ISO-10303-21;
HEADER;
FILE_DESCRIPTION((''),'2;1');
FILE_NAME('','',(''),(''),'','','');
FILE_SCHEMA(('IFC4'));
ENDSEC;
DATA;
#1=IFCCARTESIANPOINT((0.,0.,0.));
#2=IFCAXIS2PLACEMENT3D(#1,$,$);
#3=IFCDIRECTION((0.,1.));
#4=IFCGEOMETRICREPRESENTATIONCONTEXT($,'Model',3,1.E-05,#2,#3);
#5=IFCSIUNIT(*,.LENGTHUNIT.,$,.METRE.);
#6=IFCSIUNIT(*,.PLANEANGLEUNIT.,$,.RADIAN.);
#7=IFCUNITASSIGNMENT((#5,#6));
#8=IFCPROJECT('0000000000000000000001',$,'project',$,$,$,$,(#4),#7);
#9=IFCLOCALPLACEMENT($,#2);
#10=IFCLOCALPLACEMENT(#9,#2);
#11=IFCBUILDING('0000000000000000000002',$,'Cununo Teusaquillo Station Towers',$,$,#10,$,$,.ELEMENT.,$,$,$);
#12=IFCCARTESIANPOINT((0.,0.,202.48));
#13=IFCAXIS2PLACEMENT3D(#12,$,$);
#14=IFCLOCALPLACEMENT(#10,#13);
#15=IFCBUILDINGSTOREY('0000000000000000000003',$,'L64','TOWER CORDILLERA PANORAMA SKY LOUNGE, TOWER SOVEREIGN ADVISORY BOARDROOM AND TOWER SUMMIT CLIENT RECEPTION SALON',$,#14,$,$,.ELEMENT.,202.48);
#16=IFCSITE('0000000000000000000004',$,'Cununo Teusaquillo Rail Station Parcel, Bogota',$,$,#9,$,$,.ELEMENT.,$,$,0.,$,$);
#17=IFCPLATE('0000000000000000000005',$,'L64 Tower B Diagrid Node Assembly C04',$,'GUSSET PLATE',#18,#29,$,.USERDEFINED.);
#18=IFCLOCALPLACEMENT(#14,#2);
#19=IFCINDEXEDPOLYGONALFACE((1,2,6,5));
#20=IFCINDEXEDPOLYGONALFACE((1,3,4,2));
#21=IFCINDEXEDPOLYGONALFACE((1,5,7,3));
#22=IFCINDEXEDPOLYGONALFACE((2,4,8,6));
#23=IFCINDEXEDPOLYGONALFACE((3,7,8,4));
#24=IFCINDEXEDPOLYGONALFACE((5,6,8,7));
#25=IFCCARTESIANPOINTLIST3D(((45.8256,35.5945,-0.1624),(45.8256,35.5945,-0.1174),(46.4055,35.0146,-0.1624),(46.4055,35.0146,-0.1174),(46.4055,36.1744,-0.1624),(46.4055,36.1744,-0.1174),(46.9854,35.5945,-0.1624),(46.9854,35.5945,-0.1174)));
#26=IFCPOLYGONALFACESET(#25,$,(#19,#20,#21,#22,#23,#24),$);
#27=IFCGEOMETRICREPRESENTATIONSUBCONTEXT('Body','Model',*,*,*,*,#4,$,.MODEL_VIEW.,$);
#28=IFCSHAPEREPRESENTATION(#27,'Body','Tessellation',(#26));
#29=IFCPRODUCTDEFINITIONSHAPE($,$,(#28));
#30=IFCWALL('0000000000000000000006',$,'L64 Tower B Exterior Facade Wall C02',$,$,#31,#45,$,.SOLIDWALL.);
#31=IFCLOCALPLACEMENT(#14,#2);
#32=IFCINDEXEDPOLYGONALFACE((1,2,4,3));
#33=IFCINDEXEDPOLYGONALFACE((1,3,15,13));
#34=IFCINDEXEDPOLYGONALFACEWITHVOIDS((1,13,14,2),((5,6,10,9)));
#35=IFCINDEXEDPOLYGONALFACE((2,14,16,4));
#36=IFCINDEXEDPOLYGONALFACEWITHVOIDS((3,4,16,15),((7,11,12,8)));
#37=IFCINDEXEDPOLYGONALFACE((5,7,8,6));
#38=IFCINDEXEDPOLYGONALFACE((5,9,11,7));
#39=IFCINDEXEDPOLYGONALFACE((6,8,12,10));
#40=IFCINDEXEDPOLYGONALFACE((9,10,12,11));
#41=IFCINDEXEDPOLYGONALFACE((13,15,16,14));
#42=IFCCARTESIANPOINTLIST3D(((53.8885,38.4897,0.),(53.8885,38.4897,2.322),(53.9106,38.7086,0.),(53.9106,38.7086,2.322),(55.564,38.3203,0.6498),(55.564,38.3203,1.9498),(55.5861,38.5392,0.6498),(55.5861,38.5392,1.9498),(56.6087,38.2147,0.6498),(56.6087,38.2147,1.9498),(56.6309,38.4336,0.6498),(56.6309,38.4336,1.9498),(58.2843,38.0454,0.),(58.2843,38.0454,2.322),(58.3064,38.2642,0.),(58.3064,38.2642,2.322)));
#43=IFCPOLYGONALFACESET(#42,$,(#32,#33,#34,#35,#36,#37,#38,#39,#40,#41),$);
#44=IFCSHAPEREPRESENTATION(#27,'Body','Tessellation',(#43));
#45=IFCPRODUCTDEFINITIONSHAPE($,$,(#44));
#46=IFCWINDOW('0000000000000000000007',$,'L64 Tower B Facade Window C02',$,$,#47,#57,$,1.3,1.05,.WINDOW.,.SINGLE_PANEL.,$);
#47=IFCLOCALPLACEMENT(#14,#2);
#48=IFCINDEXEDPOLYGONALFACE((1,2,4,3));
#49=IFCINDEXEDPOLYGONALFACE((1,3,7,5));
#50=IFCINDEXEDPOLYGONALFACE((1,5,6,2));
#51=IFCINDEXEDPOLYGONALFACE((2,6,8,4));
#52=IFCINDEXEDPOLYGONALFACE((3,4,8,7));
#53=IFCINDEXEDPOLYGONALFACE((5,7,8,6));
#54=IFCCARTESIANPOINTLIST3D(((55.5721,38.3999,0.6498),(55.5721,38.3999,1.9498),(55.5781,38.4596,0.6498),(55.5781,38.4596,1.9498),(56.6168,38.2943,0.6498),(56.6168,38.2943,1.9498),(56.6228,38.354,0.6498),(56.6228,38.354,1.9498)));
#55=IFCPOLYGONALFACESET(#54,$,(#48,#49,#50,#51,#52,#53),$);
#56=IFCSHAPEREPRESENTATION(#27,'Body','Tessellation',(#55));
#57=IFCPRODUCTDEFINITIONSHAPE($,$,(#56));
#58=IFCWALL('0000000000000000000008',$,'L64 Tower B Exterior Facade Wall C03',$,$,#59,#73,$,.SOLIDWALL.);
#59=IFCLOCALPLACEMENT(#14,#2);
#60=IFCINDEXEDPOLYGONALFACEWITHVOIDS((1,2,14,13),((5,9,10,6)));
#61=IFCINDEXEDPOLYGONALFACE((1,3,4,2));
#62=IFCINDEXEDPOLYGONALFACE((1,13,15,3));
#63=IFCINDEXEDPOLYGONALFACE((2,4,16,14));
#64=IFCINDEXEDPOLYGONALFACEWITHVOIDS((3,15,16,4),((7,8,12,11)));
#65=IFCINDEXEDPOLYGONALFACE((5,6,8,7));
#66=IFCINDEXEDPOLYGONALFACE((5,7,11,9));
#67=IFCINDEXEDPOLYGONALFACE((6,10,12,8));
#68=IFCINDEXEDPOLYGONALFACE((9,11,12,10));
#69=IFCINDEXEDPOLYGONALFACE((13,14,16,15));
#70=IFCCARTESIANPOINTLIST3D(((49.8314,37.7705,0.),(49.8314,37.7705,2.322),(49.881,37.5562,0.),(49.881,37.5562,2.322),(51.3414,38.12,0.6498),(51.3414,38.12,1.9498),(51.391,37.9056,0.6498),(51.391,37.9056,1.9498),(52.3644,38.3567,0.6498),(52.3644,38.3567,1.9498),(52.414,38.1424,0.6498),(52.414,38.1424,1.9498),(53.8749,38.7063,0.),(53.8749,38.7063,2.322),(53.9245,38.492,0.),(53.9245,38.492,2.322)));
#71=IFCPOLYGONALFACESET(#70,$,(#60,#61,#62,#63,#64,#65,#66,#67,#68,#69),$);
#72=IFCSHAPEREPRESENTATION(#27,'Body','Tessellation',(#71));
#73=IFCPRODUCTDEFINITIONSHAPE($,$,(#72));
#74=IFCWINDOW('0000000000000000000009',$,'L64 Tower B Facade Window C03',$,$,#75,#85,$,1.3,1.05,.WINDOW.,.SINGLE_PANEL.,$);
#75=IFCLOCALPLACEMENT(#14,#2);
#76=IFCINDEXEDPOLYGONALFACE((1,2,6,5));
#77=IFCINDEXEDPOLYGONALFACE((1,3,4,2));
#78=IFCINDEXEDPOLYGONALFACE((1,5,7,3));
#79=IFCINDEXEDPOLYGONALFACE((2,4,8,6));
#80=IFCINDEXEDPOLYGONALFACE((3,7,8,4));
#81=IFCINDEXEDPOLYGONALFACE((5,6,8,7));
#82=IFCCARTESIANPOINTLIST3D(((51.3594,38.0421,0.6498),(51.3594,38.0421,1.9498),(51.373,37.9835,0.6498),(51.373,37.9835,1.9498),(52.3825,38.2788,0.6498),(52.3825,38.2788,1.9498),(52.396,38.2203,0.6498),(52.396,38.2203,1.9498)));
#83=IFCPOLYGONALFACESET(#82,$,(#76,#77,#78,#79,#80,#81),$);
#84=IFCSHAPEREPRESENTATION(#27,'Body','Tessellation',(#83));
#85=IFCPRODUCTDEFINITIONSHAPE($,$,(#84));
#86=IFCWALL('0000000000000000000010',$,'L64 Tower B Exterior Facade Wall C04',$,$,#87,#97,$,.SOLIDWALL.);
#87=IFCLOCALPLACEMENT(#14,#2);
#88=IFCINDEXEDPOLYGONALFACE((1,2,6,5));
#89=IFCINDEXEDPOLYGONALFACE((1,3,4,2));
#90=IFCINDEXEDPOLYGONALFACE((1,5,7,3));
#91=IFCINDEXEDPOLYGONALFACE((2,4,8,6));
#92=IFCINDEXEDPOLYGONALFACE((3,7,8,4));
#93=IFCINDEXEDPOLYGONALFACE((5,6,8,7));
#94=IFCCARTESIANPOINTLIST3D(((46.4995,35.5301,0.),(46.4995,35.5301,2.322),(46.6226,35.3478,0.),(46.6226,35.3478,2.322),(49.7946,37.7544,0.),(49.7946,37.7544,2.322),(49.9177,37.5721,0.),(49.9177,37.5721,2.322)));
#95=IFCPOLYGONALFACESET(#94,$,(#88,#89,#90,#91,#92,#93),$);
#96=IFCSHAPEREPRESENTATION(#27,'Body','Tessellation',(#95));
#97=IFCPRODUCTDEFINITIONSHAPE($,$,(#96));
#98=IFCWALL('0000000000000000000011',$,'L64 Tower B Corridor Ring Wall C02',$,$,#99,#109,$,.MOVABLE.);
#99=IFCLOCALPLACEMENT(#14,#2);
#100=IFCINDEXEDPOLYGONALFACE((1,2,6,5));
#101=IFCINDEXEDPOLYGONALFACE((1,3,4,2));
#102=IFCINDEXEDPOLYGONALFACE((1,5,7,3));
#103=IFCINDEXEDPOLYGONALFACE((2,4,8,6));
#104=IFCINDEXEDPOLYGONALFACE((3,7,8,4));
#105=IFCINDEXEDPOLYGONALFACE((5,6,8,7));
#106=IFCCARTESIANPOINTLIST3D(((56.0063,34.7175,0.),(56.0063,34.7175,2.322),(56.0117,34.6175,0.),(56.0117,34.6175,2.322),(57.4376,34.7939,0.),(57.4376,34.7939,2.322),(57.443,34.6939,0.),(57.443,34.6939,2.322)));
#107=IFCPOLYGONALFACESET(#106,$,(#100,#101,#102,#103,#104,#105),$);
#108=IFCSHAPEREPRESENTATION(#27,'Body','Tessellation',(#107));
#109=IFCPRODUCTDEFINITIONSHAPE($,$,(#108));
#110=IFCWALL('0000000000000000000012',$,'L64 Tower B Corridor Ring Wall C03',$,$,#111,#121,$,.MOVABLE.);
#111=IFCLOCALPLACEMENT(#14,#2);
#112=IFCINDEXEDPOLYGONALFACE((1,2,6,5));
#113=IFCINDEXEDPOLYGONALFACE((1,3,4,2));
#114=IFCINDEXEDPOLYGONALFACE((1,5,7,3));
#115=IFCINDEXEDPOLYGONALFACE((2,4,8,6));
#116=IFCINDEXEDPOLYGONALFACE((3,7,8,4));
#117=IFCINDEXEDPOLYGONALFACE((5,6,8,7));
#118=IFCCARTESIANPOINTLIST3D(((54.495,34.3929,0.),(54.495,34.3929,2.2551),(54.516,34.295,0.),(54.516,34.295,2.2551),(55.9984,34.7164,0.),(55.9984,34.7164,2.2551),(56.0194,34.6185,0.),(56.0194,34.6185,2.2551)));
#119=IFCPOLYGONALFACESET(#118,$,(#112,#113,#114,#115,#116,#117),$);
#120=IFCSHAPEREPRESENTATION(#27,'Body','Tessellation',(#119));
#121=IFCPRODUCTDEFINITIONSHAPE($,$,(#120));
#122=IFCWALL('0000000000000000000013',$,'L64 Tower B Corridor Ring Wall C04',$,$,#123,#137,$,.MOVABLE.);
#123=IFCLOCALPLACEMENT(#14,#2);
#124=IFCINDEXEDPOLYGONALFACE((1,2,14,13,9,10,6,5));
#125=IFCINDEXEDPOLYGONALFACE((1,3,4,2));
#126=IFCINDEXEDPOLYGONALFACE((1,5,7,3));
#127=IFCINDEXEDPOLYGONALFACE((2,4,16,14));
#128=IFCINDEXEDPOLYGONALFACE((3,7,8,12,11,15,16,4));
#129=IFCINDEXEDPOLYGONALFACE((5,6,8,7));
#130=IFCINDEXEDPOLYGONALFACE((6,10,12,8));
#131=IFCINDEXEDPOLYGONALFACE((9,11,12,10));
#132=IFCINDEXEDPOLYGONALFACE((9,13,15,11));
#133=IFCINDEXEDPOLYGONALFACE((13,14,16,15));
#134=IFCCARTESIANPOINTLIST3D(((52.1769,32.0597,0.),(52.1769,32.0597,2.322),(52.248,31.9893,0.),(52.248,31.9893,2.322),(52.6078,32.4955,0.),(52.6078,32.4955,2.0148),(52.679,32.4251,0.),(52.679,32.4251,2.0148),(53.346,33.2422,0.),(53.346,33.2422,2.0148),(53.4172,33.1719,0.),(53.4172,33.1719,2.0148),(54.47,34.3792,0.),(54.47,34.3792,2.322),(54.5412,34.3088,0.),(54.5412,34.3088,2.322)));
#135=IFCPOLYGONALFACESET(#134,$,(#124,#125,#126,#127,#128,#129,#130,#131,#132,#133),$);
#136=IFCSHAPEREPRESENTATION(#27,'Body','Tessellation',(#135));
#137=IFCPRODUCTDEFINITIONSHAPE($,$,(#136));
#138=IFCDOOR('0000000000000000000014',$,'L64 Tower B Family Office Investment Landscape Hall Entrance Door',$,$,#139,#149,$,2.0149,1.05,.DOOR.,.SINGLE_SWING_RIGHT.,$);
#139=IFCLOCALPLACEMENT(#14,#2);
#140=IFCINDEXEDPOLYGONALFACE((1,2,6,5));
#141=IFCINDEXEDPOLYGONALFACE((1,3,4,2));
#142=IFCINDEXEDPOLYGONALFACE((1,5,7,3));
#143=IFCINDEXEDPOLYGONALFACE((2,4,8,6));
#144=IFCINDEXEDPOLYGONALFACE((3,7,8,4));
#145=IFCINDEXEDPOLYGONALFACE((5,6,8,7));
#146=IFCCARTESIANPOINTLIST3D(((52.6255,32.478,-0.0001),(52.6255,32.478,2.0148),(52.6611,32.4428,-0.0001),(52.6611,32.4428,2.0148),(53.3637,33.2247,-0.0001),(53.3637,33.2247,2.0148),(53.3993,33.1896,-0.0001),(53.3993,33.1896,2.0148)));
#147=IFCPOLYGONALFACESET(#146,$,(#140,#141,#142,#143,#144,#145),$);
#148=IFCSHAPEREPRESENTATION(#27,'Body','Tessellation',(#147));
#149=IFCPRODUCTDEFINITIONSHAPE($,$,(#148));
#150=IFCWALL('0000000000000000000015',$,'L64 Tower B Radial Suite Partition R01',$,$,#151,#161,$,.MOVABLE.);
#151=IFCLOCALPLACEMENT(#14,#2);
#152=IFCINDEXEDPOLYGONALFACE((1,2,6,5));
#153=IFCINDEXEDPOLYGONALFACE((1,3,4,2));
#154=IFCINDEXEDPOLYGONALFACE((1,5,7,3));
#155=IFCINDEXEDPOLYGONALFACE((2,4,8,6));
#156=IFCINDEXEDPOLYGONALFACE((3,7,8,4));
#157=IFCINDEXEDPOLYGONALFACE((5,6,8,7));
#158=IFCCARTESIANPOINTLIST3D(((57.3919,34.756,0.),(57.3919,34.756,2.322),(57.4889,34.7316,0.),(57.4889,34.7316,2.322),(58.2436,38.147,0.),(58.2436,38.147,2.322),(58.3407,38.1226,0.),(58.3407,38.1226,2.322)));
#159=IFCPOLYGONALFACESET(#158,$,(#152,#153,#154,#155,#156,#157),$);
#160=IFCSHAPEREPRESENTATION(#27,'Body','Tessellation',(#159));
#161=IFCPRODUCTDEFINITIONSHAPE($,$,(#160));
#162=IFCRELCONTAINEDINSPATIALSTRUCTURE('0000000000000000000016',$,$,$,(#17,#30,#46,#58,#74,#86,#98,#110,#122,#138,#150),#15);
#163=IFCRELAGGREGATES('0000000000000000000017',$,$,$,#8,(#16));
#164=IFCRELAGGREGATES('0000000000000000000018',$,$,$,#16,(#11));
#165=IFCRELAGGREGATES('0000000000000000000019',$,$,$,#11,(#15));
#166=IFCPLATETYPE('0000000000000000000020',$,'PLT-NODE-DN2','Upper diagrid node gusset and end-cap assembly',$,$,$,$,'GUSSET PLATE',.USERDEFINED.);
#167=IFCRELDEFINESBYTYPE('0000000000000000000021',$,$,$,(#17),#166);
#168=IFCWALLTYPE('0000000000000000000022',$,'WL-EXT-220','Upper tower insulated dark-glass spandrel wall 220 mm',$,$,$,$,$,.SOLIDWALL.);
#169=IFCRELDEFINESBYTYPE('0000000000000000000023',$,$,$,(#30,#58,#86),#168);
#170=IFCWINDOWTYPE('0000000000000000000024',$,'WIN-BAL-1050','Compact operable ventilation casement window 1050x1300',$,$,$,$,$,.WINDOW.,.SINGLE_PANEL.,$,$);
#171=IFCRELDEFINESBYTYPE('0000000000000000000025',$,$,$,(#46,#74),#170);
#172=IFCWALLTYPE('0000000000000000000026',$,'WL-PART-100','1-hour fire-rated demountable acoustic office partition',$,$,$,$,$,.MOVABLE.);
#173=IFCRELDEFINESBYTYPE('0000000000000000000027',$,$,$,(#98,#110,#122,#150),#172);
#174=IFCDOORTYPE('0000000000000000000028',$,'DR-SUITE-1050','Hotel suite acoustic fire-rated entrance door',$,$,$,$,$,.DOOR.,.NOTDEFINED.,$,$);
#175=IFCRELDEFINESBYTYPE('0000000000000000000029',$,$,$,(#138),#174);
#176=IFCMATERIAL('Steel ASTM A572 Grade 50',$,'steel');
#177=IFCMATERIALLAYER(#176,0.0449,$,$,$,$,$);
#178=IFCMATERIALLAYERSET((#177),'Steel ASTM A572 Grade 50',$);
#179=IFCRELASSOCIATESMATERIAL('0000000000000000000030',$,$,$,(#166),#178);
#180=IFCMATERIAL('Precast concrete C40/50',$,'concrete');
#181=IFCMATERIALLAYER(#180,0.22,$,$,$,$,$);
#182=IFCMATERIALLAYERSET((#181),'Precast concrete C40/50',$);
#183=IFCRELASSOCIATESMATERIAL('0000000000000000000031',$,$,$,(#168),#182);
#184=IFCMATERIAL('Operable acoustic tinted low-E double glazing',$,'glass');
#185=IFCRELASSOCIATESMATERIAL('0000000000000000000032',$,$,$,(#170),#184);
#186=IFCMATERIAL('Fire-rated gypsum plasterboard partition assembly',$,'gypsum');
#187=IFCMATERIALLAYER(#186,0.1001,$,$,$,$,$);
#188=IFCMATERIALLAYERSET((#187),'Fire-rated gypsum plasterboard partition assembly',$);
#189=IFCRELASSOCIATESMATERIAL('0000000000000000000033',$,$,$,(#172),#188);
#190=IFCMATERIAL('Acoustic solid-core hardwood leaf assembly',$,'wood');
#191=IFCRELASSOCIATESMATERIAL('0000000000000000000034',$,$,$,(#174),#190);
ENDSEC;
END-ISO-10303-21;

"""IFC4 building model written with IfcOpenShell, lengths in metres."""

from ifc_helpers import new_model, si_unit, direction, frame, frame_2d, origin, origin_2d, place, context, subcontext, project, spatial, rectangle, extrude, source, transform, mapped, material, layer, layer_set, type_object, element, fill, save


model = new_model("IFC4")

# Units and contexts
model_context = context("Model", 3, precision=1e-05, world=origin(), true_north=direction((0.0, 1.0)))
body_context = subcontext(model_context, "Body", "Model", "MODEL_VIEW")
ifc_project = project(units=[si_unit("LENGTHUNIT", "METRE"), si_unit("PLANEANGLEUNIT", "RADIAN")], contexts=[model_context])

# Site, building, storey
site_placement = place(None, origin())
site = spatial("IfcSite", under=ifc_project, at=site_placement, Name="Cununo Teusaquillo Rail Station Parcel, Bogota", CompositionType="ELEMENT", RefElevation=0.0)
building_placement = place(site_placement, origin())
building = spatial("IfcBuilding", under=site, at=building_placement, Name="Cununo Teusaquillo Station Towers", CompositionType="ELEMENT")
storey_placement = place(building_placement, frame((0.0, 0.0, 202.48)))
storey = spatial("IfcBuildingStorey", under=building, at=storey_placement, Name="L64", Description="TOWER CORDILLERA PANORAMA SKY LOUNGE, TOWER SOVEREIGN ADVISORY BOARDROOM AND TOWER SUMMIT CLIENT RECEPTION SALON", CompositionType="ELEMENT", Elevation=202.48)

# Plate
ifc_material_1 = material(Name="Steel ASTM A572 Grade 50", Category="steel")
ifc_layer_1 = layer(ifc_material_1, 0.0449)
ifc_layer_set_1 = layer_set([ifc_layer_1], Name="Steel ASTM A572 Grade 50")
plate_type = type_object("IfcPlateType", Name="PLT-NODE-DN2", Description="Upper diagrid node gusset and end-cap assembly", ElementType="GUSSET PLATE", PredefinedType="USERDEFINED", material=ifc_layer_set_1)
shared_shape_1 = source(origin(), body_context, "Body", "SweptSolid", [
    extrude(rectangle(XDim=0.8201, YDim=0.8201, at=origin_2d()), origin(), (0.0, 0.0, 1.0), 0.0449),
])
plate_placement = place(storey_placement, frame((46.4055, 35.5945, -0.1624), z_axis=(0.0, 0.0, 1.0), x_axis=(0.707107, 0.707107, 0.0)))
element("IfcPlate", 1, at=plate_placement, inside=storey, type_object=plate_type, Name="L64 Tower B Diagrid Node Assembly C04", ObjectType="GUSSET PLATE", PredefinedType="USERDEFINED", context=body_context, shape_type="MappedRepresentation", body=[
    mapped(shared_shape_1, transform((0.0, 0.0, 0.0), x_axis=(1.0, 0.0, 0.0), y_axis=(0.0, 1.0, 0.0), z_axis=(0.0, 0.0, 1.0), scale=1.0)),
])

# Walls, openings, windows
ifc_material_2 = material(Name="Precast concrete C40/50", Category="concrete")
ifc_layer_2 = layer(ifc_material_2, 0.22)
ifc_layer_set_2 = layer_set([ifc_layer_2], Name="Precast concrete C40/50")
wall_type_1 = type_object("IfcWallType", Name="WL-EXT-220", Description="Upper tower insulated dark-glass spandrel wall 220 mm", PredefinedType="SOLIDWALL", material=ifc_layer_set_2)
wall_1_placement = place(storey_placement, frame((53.8997, 38.5991, 0.0), z_axis=(0.0, 0.0, 1.0), x_axis=(0.99493, -0.100571, 0.0)))
wall_1 = element("IfcWall", 2, at=wall_1_placement, inside=storey, type_object=wall_type_1, Name="L64 Tower B Exterior Facade Wall C02", PredefinedType="SOLIDWALL", context=body_context, shape_type="SweptSolid", body=[
    extrude(rectangle(XDim=4.4182, YDim=0.22, at=frame_2d((2.209, 0.0))), origin(), (0.0, 0.0, 1.0), 2.322),
])
shared_shape_2 = source(origin(), body_context, "Body", "SweptSolid", [
    extrude(rectangle(XDim=1.05, YDim=1.3, at=frame_2d((0.5249, 0.6499))), frame((0.0, 0.1199, 0.0), z_axis=(0.0, -1.0, 0.0), x_axis=(1.0, 0.0, 0.0)), (0.0, 0.0, 1.0), 0.24),
])
opening_1_placement = place(wall_1_placement, frame((1.6841, 0.0, 0.6499)))
opening_1 = element("IfcOpeningElement", 3, at=opening_1_placement, cuts=wall_1, PredefinedType="OPENING", context=body_context, shape_type="MappedRepresentation", body=[
    mapped(shared_shape_2, transform((0.0, 0.0, 0.0), x_axis=(1.0, 0.0, 0.0), y_axis=(0.0, 1.0, 0.0), z_axis=(0.0, 0.0, 1.0), scale=1.0)),
])
ifc_material_3 = material(Name="Operable acoustic tinted low-E double glazing", Category="glass")
window_type = type_object("IfcWindowType", Name="WIN-BAL-1050", Description="Compact operable ventilation casement window 1050x1300", PartitioningType="SINGLE_PANEL", PredefinedType="WINDOW", material=ifc_material_3)
shared_shape_3 = source(origin(), body_context, "Body", "SweptSolid", [
    extrude(rectangle(XDim=1.05, YDim=1.3, at=frame_2d((0.5249, 0.6499))), frame((0.0, 0.03, 0.0), z_axis=(0.0, -1.0, 0.0), x_axis=(1.0, 0.0, 0.0)), (0.0, 0.0, 1.0), 0.0601),
])
window_1_placement = place(opening_1_placement, origin())
window_1 = element("IfcWindow", 4, at=window_1_placement, inside=storey, type_object=window_type, Name="L64 Tower B Facade Window C02", OverallHeight=1.3, OverallWidth=1.05, PartitioningType="SINGLE_PANEL", PredefinedType="WINDOW", context=body_context, shape_type="MappedRepresentation", body=[
    mapped(shared_shape_3, transform((0.0, 0.0, 0.0), x_axis=(1.0, 0.0, 0.0), y_axis=(0.0, 1.0, 0.0), z_axis=(0.0, 0.0, 1.0), scale=1.0)),
])
fill(opening_1, window_1)
wall_2_placement = place(storey_placement, frame((49.8562, 37.6633, 0.0), z_axis=(0.0, 0.0, 1.0), x_axis=(0.974249, 0.225474, 0.0)))
wall_2 = element("IfcWall", 5, at=wall_2_placement, inside=storey, type_object=wall_type_1, Name="L64 Tower B Exterior Facade Wall C03", PredefinedType="SOLIDWALL", context=body_context, shape_type="SweptSolid", body=[
    extrude(rectangle(XDim=4.1504, YDim=0.22, at=frame_2d((2.0752, 0.0))), origin(), (0.0, 0.0, 1.0), 2.322),
])
opening_2_placement = place(wall_2_placement, frame((1.55, 0.0, 0.6499)))
opening_2 = element("IfcOpeningElement", 6, at=opening_2_placement, cuts=wall_2, PredefinedType="OPENING", context=body_context, shape_type="MappedRepresentation", body=[
    mapped(shared_shape_2, transform((0.0, 0.0, 0.0), x_axis=(1.0, 0.0, 0.0), y_axis=(0.0, 1.0, 0.0), z_axis=(0.0, 0.0, 1.0), scale=1.0)),
])
window_2_placement = place(opening_2_placement, origin())
window_2 = element("IfcWindow", 7, at=window_2_placement, inside=storey, type_object=window_type, Name="L64 Tower B Facade Window C03", OverallHeight=1.3, OverallWidth=1.05, PartitioningType="SINGLE_PANEL", PredefinedType="WINDOW", context=body_context, shape_type="MappedRepresentation", body=[
    mapped(shared_shape_3, transform((0.0, 0.0, 0.0), x_axis=(1.0, 0.0, 0.0), y_axis=(0.0, 1.0, 0.0), z_axis=(0.0, 0.0, 1.0), scale=1.0)),
])
fill(opening_2, window_2)

# Walls
wall_3_placement = place(storey_placement, frame((46.561, 35.439, 0.0), z_axis=(0.0, 0.0, 1.0), x_axis=(0.828834, 0.559495, 0.0)))
element("IfcWall", 8, at=wall_3_placement, inside=storey, type_object=wall_type_1, Name="L64 Tower B Exterior Facade Wall C04", PredefinedType="SOLIDWALL", context=body_context, shape_type="SweptSolid", body=[
    extrude(rectangle(XDim=3.9756, YDim=0.22, at=frame_2d((1.9878, 0.0))), origin(), (0.0, 0.0, 1.0), 2.322),
])
ifc_material_4 = material(Name="Fire-rated gypsum plasterboard partition assembly", Category="gypsum")
ifc_layer_3 = layer(ifc_material_4, 0.1001)
ifc_layer_set_3 = layer_set([ifc_layer_3], Name="Fire-rated gypsum plasterboard partition assembly")
wall_type_2 = type_object("IfcWallType", Name="WL-PART-100", Description="1-hour fire-rated demountable acoustic office partition", PredefinedType="MOVABLE", material=ifc_layer_set_3)
wall_4_placement = place(storey_placement, frame((57.4404, 34.7439, 0.0), z_axis=(0.0, 0.0, 1.0), x_axis=(-0.998578, -0.05331, 0.0)))
element("IfcWall", 9, at=wall_4_placement, inside=storey, type_object=wall_type_2, Name="L64 Tower B Corridor Ring Wall C02", PredefinedType="MOVABLE", context=body_context, shape_type="SweptSolid", body=[
    extrude(rectangle(XDim=1.4333, YDim=0.1001, at=frame_2d((0.7168, 0.0))), origin(), (0.0, 0.0, 1.0), 2.322),
])
wall_5_placement = place(storey_placement, frame((56.009, 34.6675, 0.0), z_axis=(0.0, 0.0, 1.0), x_axis=(-0.977625, -0.210353, 0.0)))
element("IfcWall", 10, at=wall_5_placement, inside=storey, type_object=wall_type_2, Name="L64 Tower B Corridor Ring Wall C03", PredefinedType="MOVABLE", context=body_context, shape_type="SweptSolid", body=[
    extrude(rectangle(XDim=1.5378, YDim=0.1001, at=frame_2d((0.769, 0.0))), origin(), (0.0, 0.0, 1.0), 2.2551),
])

# Wall, opening, door
wall_6_placement = place(storey_placement, frame((54.5056, 34.344, 0.0), z_axis=(0.0, 0.0, 1.0), x_axis=(-0.703053, -0.711137, 0.0)))
wall_6 = element("IfcWall", 11, at=wall_6_placement, inside=storey, type_object=wall_type_2, Name="L64 Tower B Corridor Ring Wall C04", PredefinedType="MOVABLE", context=body_context, shape_type="SweptSolid", body=[
    extrude(rectangle(XDim=3.2617, YDim=0.1001, at=frame_2d((1.6309, 0.0))), origin(), (0.0, 0.0, 1.0), 2.322),
])
shared_shape_4 = source(origin(), body_context, "Body", "SweptSolid", [
    extrude(rectangle(XDim=1.05, YDim=2.0149, at=frame_2d((0.5249, 1.0073))), frame((0.0, 0.0601, 0.0), z_axis=(0.0, -1.0, 0.0), x_axis=(1.0, 0.0, 0.0)), (0.0, 0.0, 1.0), 0.1201),
])
opening_3_placement = place(wall_6_placement, frame((1.5989, 0.0, 0.0)))
opening_3 = element("IfcOpeningElement", 12, at=opening_3_placement, cuts=wall_6, PredefinedType="OPENING", context=body_context, shape_type="MappedRepresentation", body=[
    mapped(shared_shape_4, transform((0.0, 0.0, 0.0), x_axis=(1.0, 0.0, 0.0), y_axis=(0.0, 1.0, 0.0), z_axis=(0.0, 0.0, 1.0), scale=1.0)),
])
ifc_material_5 = material(Name="Acoustic solid-core hardwood leaf assembly", Category="wood")
door_type = type_object("IfcDoorType", Name="DR-SUITE-1050", Description="Hotel suite acoustic fire-rated entrance door", OperationType="NOTDEFINED", PredefinedType="DOOR", material=ifc_material_5)
shared_shape_5 = source(origin(), body_context, "Body", "SweptSolid", [
    extrude(rectangle(XDim=1.05, YDim=2.0149, at=frame_2d((0.5249, 1.0073))), frame((0.0, 0.0249, 0.0), z_axis=(0.0, -1.0, 0.0), x_axis=(1.0, 0.0, 0.0)), (0.0, 0.0, 1.0), 0.05),
])
door_1_placement = place(opening_3_placement, origin())
door_1 = element("IfcDoor", 13, at=door_1_placement, inside=storey, type_object=door_type, Name="L64 Tower B Family Office Investment Landscape Hall Entrance Door", OperationType="SINGLE_SWING_RIGHT", OverallHeight=2.0149, OverallWidth=1.05, PredefinedType="DOOR", context=body_context, shape_type="MappedRepresentation", body=[
    mapped(shared_shape_5, transform((0.0, 0.0, 0.0), x_axis=(1.0, 0.0, 0.0), y_axis=(0.0, 1.0, 0.0), z_axis=(0.0, 0.0, 1.0), scale=1.0)),
])
fill(opening_3, door_1)

# Wall
wall_7_placement = place(storey_placement, frame((57.4404, 34.7439, 0.0), z_axis=(0.0, 0.0, 1.0), x_axis=(0.24362, 0.969871, 0.0)))
element("IfcWall", 14, at=wall_7_placement, inside=storey, type_object=wall_type_2, Name="L64 Tower B Radial Suite Partition R01", PredefinedType="MOVABLE", context=body_context, shape_type="SweptSolid", body=[
    extrude(rectangle(XDim=3.4963, YDim=0.1001, at=frame_2d((1.748, 0.0))), origin(), (0.0, 0.0, 1.0), 2.322),
])

save(model, "model.ifc")
